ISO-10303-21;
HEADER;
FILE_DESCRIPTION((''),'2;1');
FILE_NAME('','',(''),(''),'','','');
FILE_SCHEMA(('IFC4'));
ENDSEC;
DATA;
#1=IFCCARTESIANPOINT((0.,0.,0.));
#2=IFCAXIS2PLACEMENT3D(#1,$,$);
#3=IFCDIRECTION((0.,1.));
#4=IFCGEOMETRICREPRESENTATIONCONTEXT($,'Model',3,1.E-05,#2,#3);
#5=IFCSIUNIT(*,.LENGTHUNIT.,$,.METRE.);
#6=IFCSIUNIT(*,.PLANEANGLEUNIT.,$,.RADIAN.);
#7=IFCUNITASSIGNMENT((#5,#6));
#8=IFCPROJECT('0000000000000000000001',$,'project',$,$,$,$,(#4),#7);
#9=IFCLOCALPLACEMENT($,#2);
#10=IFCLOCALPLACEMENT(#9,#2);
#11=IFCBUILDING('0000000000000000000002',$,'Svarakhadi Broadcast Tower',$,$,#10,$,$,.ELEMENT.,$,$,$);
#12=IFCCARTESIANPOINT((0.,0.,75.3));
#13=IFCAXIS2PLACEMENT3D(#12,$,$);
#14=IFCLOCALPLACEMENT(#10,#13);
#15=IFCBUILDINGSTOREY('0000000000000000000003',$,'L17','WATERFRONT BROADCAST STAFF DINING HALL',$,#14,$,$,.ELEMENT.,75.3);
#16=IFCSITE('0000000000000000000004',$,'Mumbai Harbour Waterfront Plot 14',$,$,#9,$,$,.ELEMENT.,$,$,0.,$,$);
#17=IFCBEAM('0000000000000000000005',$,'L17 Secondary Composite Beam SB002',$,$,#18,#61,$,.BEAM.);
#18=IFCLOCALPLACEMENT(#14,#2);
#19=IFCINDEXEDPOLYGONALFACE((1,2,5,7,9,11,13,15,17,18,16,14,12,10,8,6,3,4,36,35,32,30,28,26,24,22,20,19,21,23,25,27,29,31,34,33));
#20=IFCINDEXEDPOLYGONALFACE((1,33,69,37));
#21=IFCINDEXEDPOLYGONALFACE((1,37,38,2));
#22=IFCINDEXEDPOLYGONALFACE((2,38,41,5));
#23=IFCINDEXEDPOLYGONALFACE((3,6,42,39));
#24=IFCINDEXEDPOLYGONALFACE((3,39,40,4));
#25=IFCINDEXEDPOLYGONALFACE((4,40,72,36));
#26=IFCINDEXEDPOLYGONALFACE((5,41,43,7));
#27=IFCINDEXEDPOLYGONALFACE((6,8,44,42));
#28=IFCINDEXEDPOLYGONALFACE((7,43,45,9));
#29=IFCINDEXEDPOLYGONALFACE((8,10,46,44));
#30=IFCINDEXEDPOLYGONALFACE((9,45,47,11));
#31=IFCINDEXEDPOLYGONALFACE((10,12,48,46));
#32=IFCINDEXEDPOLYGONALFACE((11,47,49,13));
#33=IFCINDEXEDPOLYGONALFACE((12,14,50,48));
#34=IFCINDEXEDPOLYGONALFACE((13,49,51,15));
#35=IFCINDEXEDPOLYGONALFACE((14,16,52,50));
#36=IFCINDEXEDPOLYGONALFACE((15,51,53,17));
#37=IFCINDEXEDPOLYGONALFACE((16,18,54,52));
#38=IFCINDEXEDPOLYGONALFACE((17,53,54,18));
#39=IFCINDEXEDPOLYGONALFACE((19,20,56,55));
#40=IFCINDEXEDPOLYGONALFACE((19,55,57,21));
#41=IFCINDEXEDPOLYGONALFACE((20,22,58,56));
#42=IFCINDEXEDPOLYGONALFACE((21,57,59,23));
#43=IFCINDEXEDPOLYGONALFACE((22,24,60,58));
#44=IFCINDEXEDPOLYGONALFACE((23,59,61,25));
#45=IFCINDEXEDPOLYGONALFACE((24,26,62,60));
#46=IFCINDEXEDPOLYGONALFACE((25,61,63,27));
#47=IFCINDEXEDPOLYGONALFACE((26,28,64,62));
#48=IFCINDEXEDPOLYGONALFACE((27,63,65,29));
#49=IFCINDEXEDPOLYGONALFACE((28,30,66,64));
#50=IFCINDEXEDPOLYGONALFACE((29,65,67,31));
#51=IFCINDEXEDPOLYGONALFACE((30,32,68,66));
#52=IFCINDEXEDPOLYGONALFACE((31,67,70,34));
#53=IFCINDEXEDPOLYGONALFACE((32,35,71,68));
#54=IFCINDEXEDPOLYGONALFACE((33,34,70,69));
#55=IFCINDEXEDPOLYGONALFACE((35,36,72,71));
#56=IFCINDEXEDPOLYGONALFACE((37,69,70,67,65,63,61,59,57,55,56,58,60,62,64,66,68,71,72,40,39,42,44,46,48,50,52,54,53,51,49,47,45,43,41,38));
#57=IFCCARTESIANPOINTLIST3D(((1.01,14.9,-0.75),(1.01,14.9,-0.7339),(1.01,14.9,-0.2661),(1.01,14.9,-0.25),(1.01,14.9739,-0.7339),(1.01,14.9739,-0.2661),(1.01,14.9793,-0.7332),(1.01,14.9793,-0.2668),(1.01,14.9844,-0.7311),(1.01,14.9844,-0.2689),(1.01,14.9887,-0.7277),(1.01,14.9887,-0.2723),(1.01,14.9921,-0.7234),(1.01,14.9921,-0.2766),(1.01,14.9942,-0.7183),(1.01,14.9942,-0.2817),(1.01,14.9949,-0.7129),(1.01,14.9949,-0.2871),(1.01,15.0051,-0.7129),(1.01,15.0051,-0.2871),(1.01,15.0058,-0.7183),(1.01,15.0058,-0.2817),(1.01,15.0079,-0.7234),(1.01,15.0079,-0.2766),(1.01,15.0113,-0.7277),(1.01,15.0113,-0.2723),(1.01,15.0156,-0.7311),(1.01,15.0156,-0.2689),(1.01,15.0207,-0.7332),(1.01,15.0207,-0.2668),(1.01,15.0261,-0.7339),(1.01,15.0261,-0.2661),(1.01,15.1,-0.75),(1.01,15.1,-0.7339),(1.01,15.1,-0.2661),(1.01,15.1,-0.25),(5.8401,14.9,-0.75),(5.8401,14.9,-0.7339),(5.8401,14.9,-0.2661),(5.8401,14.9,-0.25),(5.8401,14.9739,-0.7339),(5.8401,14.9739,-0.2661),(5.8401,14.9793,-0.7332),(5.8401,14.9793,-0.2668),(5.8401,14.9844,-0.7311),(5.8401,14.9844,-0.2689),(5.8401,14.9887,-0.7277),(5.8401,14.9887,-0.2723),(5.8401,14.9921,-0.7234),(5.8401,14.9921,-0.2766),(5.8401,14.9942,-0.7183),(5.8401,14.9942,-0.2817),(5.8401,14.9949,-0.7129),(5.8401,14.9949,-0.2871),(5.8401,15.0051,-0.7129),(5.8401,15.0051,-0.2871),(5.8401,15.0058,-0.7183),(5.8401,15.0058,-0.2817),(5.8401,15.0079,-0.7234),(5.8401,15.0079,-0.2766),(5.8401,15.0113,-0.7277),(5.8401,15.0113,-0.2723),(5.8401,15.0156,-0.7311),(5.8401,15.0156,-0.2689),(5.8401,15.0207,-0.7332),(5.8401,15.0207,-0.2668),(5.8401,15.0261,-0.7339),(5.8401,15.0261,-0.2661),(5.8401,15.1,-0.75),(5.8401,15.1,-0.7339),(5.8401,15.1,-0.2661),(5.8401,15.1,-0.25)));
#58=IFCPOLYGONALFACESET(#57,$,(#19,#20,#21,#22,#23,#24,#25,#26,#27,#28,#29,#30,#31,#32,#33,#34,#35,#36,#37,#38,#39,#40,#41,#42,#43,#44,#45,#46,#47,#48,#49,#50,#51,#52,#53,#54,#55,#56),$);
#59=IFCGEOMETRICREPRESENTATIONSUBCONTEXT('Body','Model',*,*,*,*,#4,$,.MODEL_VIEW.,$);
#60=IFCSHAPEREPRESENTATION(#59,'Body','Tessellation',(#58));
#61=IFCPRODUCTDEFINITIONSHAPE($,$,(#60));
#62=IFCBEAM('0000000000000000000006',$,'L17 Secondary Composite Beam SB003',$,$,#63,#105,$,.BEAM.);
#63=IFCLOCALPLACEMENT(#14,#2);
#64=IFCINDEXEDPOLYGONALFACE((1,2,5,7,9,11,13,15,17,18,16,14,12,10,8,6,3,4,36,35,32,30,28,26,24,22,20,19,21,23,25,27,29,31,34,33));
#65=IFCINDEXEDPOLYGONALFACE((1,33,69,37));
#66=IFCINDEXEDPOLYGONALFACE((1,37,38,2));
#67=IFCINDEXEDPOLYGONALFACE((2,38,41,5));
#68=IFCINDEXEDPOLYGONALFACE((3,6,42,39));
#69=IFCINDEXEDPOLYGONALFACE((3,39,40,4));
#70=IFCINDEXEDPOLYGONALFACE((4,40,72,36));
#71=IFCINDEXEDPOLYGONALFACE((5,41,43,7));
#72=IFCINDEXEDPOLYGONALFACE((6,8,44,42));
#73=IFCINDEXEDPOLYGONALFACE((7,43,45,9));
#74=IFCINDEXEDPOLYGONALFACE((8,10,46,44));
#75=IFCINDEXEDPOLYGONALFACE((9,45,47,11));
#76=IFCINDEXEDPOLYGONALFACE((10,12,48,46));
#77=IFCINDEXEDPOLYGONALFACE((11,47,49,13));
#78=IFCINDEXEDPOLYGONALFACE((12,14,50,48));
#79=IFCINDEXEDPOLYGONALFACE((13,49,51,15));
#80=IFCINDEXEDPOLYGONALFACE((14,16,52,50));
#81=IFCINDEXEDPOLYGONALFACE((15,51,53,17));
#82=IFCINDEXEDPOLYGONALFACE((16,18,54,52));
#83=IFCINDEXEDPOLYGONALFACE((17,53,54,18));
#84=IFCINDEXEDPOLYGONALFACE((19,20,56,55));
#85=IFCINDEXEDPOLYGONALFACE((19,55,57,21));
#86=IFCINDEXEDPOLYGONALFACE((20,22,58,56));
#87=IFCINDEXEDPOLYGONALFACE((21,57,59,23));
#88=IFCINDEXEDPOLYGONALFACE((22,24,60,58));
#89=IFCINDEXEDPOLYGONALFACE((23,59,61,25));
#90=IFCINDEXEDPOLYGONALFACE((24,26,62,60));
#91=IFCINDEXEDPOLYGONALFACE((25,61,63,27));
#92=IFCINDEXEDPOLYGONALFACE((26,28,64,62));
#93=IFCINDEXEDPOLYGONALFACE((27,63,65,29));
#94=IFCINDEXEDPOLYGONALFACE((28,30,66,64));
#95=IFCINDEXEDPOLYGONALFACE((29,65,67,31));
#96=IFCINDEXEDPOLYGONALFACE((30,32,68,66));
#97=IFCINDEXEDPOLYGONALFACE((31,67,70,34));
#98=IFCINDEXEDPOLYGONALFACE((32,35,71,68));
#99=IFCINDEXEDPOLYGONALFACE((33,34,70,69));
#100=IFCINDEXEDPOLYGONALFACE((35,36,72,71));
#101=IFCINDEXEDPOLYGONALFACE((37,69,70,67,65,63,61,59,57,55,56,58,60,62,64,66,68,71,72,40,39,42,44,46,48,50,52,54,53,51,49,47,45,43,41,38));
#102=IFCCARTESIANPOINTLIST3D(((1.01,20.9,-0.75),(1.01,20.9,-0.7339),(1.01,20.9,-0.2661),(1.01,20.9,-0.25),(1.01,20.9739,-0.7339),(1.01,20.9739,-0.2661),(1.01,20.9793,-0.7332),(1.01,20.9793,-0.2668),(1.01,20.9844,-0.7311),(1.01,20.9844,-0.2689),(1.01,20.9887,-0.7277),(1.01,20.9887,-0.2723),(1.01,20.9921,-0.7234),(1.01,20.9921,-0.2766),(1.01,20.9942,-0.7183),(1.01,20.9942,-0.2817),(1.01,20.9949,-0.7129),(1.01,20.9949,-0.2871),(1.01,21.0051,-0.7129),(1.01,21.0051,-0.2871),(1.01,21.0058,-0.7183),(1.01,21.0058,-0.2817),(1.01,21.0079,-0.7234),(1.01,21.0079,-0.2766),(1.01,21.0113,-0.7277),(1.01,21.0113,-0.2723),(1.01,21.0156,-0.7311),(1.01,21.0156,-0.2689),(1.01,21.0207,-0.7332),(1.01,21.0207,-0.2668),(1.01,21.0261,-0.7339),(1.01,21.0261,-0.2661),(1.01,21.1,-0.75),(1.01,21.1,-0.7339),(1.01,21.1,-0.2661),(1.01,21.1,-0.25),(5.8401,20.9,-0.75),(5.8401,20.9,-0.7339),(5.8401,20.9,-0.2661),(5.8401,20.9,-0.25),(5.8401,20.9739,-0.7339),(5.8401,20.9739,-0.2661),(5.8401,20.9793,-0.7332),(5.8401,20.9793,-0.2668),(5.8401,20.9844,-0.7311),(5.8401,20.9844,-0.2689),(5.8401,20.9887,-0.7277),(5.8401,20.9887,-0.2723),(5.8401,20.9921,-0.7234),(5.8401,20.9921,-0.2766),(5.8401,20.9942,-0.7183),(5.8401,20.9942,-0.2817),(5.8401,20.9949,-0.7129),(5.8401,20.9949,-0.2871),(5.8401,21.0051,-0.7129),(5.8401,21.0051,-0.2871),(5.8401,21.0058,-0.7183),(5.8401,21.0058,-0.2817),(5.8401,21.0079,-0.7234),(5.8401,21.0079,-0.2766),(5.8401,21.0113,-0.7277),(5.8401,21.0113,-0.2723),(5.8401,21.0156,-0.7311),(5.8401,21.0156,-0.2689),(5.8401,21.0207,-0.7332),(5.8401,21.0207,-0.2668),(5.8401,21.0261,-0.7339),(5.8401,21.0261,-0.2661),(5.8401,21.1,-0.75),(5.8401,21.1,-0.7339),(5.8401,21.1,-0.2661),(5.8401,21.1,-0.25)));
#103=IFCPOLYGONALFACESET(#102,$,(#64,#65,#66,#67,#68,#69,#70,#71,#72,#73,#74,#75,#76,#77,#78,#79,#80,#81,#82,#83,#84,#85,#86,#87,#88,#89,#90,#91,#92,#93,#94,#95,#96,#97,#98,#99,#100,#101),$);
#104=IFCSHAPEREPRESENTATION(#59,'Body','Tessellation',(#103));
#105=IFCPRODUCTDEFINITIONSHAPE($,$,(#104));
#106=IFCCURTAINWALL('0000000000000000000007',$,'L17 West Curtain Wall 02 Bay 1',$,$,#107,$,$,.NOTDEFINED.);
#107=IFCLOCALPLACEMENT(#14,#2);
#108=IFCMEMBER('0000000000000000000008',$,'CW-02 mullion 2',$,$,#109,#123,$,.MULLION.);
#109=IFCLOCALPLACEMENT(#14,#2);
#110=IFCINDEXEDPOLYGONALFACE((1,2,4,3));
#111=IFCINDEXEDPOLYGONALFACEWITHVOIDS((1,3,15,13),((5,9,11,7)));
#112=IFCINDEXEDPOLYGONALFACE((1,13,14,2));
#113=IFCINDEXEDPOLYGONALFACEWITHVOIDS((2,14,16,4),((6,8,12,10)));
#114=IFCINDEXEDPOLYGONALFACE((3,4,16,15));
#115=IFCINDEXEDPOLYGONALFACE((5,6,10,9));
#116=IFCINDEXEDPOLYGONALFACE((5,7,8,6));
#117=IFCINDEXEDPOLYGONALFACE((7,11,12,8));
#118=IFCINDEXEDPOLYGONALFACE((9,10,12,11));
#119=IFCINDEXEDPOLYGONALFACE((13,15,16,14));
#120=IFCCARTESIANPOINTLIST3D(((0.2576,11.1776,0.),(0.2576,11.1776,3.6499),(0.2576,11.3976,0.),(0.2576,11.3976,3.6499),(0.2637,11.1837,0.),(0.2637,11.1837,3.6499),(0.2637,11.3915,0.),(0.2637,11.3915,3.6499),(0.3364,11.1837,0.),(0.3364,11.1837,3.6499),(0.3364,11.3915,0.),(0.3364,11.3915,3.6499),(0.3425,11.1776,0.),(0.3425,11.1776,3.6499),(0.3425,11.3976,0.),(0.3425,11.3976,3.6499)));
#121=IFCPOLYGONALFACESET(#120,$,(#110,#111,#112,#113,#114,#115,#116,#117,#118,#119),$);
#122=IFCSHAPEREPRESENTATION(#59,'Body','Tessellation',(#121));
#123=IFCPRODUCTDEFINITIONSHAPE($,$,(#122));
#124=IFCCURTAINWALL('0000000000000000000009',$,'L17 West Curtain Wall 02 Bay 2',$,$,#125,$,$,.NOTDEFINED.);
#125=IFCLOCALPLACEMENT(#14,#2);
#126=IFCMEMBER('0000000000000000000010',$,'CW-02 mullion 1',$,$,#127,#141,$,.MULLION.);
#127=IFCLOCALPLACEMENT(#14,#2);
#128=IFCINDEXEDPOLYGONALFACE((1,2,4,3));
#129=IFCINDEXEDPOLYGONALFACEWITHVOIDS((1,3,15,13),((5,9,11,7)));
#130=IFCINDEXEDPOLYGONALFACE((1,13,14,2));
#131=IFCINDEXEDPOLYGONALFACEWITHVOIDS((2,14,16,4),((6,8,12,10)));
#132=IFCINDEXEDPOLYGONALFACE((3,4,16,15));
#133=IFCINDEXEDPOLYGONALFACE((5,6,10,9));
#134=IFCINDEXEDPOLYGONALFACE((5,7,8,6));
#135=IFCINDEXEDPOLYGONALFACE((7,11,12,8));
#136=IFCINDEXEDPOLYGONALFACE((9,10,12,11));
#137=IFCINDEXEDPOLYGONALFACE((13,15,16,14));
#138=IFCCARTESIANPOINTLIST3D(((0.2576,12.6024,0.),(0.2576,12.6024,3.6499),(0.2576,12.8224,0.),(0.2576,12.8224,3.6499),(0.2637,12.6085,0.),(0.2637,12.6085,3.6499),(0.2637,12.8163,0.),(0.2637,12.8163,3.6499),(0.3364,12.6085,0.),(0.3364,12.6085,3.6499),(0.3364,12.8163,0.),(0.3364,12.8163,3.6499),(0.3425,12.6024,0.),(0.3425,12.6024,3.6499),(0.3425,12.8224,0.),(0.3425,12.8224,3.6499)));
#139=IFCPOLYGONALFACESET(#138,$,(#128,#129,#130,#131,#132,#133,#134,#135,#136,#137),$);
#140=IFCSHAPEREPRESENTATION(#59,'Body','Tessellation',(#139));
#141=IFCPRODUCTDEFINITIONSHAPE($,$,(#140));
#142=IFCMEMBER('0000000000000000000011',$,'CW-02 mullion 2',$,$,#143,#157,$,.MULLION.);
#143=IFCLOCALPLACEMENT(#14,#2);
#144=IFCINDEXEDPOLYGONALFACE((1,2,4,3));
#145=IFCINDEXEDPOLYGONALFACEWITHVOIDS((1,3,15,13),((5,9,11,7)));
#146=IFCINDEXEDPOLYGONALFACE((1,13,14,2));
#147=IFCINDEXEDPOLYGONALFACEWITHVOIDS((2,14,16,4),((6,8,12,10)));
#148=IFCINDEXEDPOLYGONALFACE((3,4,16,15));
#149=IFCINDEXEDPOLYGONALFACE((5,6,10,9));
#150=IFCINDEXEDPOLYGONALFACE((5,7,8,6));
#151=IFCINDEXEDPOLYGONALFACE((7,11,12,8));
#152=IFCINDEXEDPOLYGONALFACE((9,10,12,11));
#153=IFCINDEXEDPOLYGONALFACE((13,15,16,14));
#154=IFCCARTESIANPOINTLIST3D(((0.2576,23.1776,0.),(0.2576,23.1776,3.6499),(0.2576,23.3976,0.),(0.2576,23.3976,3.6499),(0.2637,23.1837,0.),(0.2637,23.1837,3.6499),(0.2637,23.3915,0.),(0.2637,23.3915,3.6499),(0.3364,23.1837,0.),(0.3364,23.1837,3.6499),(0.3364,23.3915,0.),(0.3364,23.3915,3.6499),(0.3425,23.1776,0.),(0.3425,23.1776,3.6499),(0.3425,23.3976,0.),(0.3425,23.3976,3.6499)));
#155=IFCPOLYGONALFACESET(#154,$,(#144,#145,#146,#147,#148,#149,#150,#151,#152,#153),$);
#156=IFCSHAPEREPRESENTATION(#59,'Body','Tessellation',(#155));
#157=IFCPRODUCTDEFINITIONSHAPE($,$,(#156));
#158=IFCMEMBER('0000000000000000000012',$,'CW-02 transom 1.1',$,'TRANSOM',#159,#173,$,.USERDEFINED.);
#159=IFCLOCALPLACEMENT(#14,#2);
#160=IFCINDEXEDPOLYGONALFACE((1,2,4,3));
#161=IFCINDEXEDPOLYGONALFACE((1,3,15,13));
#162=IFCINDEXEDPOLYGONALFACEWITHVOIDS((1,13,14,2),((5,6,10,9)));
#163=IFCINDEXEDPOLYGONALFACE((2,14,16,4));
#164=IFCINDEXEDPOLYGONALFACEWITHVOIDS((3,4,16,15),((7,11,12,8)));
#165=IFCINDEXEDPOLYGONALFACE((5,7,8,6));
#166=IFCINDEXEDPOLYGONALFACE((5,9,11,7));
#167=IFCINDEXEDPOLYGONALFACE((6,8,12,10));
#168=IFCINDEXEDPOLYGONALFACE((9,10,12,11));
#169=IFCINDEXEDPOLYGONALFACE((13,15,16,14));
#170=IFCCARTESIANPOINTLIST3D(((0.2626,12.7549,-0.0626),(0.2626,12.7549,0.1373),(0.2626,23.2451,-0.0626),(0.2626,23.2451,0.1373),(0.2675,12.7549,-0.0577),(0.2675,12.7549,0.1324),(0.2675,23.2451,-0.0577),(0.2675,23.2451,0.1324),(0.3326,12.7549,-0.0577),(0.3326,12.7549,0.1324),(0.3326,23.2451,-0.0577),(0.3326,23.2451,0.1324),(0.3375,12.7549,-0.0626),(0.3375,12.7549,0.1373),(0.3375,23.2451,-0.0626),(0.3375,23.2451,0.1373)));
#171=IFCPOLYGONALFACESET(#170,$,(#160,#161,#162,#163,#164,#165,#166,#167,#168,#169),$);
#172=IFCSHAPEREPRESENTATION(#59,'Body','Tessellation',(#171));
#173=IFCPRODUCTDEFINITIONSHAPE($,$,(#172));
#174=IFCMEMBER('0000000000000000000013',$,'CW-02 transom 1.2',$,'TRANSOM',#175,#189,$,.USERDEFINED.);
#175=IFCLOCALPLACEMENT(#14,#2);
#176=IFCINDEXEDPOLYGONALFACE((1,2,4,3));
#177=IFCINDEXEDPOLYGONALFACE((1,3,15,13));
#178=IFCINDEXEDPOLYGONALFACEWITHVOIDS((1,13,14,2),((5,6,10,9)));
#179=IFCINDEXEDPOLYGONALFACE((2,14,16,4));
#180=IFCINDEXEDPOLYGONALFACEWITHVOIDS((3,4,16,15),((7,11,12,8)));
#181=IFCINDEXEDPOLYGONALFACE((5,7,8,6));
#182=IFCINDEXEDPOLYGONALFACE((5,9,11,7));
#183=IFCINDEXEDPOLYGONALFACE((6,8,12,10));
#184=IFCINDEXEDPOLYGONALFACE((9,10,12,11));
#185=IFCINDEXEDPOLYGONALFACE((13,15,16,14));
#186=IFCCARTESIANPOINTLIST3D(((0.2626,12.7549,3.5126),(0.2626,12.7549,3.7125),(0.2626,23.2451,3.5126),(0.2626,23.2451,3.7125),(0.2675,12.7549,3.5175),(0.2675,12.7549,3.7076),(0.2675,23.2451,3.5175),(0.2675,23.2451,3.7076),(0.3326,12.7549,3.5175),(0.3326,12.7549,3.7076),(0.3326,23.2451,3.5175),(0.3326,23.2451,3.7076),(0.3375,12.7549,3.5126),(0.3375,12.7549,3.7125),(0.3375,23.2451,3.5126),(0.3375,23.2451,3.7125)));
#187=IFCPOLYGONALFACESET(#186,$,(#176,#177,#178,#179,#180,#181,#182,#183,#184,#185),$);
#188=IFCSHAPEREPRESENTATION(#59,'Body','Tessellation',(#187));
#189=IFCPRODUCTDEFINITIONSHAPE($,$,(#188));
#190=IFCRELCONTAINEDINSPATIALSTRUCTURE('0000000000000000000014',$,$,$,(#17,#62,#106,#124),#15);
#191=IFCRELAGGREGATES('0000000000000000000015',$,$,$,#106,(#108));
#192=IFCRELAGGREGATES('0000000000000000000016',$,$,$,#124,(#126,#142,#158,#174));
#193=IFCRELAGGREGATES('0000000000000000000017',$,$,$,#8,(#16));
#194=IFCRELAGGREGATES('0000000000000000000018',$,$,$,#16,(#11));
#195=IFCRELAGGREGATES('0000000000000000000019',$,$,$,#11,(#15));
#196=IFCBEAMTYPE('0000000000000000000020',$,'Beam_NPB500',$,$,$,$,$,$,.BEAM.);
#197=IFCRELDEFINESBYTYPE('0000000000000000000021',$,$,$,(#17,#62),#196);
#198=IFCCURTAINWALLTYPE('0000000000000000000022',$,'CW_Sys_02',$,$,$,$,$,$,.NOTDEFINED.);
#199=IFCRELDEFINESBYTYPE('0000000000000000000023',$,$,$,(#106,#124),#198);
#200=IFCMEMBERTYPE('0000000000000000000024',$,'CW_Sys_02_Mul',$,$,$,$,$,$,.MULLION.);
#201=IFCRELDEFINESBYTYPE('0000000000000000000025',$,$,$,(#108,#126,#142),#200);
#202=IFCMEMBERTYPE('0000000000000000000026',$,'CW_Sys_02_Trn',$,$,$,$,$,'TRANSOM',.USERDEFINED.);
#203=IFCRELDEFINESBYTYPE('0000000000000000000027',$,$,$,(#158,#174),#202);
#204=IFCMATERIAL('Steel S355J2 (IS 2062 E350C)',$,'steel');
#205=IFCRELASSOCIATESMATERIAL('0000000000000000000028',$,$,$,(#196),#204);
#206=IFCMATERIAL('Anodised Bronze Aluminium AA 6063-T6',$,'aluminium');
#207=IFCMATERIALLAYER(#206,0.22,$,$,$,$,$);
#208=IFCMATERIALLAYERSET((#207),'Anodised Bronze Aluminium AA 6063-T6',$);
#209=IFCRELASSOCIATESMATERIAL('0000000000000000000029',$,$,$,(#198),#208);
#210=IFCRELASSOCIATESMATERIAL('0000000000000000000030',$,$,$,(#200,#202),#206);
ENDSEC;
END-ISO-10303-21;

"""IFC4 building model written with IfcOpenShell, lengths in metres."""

from ifc_helpers import new_model, si_unit, direction, frame, origin, origin_2d, place, context, subcontext, project, spatial, hollow_rectangle, i_section, extrude, material, layer, layer_set, material_profile, profile_set, type_object, element, aggregate, save


model = new_model("IFC4")

# Units and contexts
model_context = context("Model", 3, precision=1e-05, world=origin(), true_north=direction((0.0, 1.0)))
body_context = subcontext(model_context, "Body", "Model", "MODEL_VIEW")
ifc_project = project(units=[si_unit("LENGTHUNIT", "METRE"), si_unit("PLANEANGLEUNIT", "RADIAN")], contexts=[model_context])

# Site, building, storey
site_placement = place(None, origin())
site = spatial("IfcSite", under=ifc_project, at=site_placement, Name="Mumbai Harbour Waterfront Plot 14", CompositionType="ELEMENT", RefElevation=0.0)
building_placement = place(site_placement, origin())
building = spatial("IfcBuilding", under=site, at=building_placement, Name="Svarakhadi Broadcast Tower", CompositionType="ELEMENT")
storey_placement = place(building_placement, frame((0.0, 0.0, 75.3)))
storey = spatial("IfcBuildingStorey", under=building, at=storey_placement, Name="L17", Description="WATERFRONT BROADCAST STAFF DINING HALL", CompositionType="ELEMENT", Elevation=75.3)

# Beams
ifc_material_1 = material(Name="Steel S355J2 (IS 2062 E350C)", Category="steel")
ifc_material_profile_1 = material_profile(ifc_material_1, i_section(OverallWidth=0.2, OverallDepth=0.5, WebThickness=0.0103, FlangeThickness=0.0161, FilletRadius=0.021, at=origin_2d()), Name="NPB 500x200x91")
ifc_profile_set_1 = profile_set([ifc_material_profile_1], Name="Steel S355J2 (IS 2062 E350C)")
beam_type_1 = type_object("IfcBeamType", Name="Beam_NPB500", PredefinedType="BEAM", material=ifc_profile_set_1)
for number, where, z_axis, x_axis, name in (
    (1, (1.01, 15.0, -0.5), (1.0, 0.0, 0.0), (0.0, 1.0, 0.0), "L17 Secondary Composite Beam SB002"),
    (2, (1.01, 21.0, -0.5), (1.0, 0.0, 0.0), (0.0, 1.0, 0.0), "L17 Secondary Composite Beam SB003"),
):
    element("IfcBeam", number, at=place(storey_placement, frame(where, z_axis=z_axis, x_axis=x_axis)), inside=storey, type_object=beam_type_1, Name=name, PredefinedType="BEAM", context=body_context, shape_type="SweptSolid", body=[
        extrude(i_section(OverallWidth=0.2, OverallDepth=0.5, WebThickness=0.0103, FlangeThickness=0.0161, FilletRadius=0.021, at=origin_2d()), origin(), (0.0, 0.0, 1.0), 4.8301),
    ])

# Curtain wall, member
ifc_material_2 = material(Name="Anodised Bronze Aluminium AA 6063-T6", Category="aluminium")
ifc_layer_1 = layer(ifc_material_2, 0.22)
ifc_layer_set_1 = layer_set([ifc_layer_1], Name="Anodised Bronze Aluminium AA 6063-T6")
curtain_wall_type = type_object("IfcCurtainWallType", Name="CW_Sys_02", PredefinedType="NOTDEFINED", material=ifc_layer_set_1)
curtain_wall_1_placement = place(storey_placement, origin())
curtain_wall_1 = element("IfcCurtainWall", 3, at=curtain_wall_1_placement, inside=storey, type_object=curtain_wall_type, Name="L17 West Curtain Wall 02 Bay 1", PredefinedType="NOTDEFINED")
ifc_material_profile_2 = material_profile(ifc_material_2, hollow_rectangle(XDim=0.085, YDim=0.22, WallThickness=0.0061, at=origin_2d()), Name="ALU MULLION 220x85x6")
ifc_profile_set_2 = profile_set([ifc_material_profile_2], Name="Anodised Bronze Aluminium AA 6063-T6")
member_type_1 = type_object("IfcMemberType", Name="CW_Sys_02_Mul", PredefinedType="MULLION", material=ifc_profile_set_2)
member_1_placement = place(storey_placement, frame((0.3, 11.2876, 0.0), z_axis=(0.0, 0.0, 1.0), x_axis=(-1.0, 0.0, 0.0)))
member_1 = element("IfcMember", 4, at=member_1_placement, type_object=member_type_1, Name="CW-02 mullion 2", PredefinedType="MULLION", context=body_context, shape_type="SweptSolid", body=[
    extrude(hollow_rectangle(XDim=0.085, YDim=0.22, WallThickness=0.0061, at=origin_2d()), origin(), (0.0, 0.0, 1.0), 3.6499),
])

# Curtain wall, members
curtain_wall_2_placement = place(storey_placement, origin())
curtain_wall_2 = element("IfcCurtainWall", 5, at=curtain_wall_2_placement, inside=storey, type_object=curtain_wall_type, Name="L17 West Curtain Wall 02 Bay 2", PredefinedType="NOTDEFINED")
member_2_placement = place(storey_placement, frame((0.3, 12.7124, 0.0), z_axis=(0.0, 0.0, 1.0), x_axis=(-1.0, 0.0, 0.0)))
member_2 = element("IfcMember", 6, at=member_2_placement, type_object=member_type_1, Name="CW-02 mullion 1", PredefinedType="MULLION", context=body_context, shape_type="SweptSolid", body=[
    extrude(hollow_rectangle(XDim=0.085, YDim=0.22, WallThickness=0.0061, at=origin_2d()), origin(), (0.0, 0.0, 1.0), 3.6499),
])
member_3_placement = place(storey_placement, frame((0.3, 23.2876, 0.0), z_axis=(0.0, 0.0, 1.0), x_axis=(-1.0, 0.0, 0.0)))
member_3 = element("IfcMember", 7, at=member_3_placement, type_object=member_type_1, Name="CW-02 mullion 2", PredefinedType="MULLION", context=body_context, shape_type="SweptSolid", body=[
    extrude(hollow_rectangle(XDim=0.085, YDim=0.22, WallThickness=0.0061, at=origin_2d()), origin(), (0.0, 0.0, 1.0), 3.6499),
])
ifc_material_profile_3 = material_profile(ifc_material_2, hollow_rectangle(XDim=0.075, YDim=0.2, WallThickness=0.0049, at=origin_2d()), Name="ALU TRANSOM 200x75x5")
ifc_profile_set_3 = profile_set([ifc_material_profile_3], Name="Anodised Bronze Aluminium AA 6063-T6")
member_type_2 = type_object("IfcMemberType", Name="CW_Sys_02_Trn", ElementType="TRANSOM", PredefinedType="USERDEFINED", material=ifc_profile_set_3)
member_4_placement = place(storey_placement, frame((0.3, 12.7549, 0.0374), z_axis=(0.0, 1.0, 0.0), x_axis=(-1.0, 0.0, 0.0)))
member_4 = element("IfcMember", 8, at=member_4_placement, type_object=member_type_2, Name="CW-02 transom 1.1", ObjectType="TRANSOM", PredefinedType="USERDEFINED", context=body_context, shape_type="SweptSolid", body=[
    extrude(hollow_rectangle(XDim=0.075, YDim=0.2, WallThickness=0.0049, at=origin_2d()), origin(), (0.0, 0.0, 1.0), 10.4902),
])
member_5_placement = place(storey_placement, frame((0.3, 12.7549, 3.6125), z_axis=(0.0, 1.0, 0.0), x_axis=(-1.0, 0.0, 0.0)))
member_5 = element("IfcMember", 9, at=member_5_placement, type_object=member_type_2, Name="CW-02 transom 1.2", ObjectType="TRANSOM", PredefinedType="USERDEFINED", context=body_context, shape_type="SweptSolid", body=[
    extrude(hollow_rectangle(XDim=0.075, YDim=0.2, WallThickness=0.0049, at=origin_2d()), origin(), (0.0, 0.0, 1.0), 10.4902),
])

aggregate(curtain_wall_1, [member_1])
aggregate(curtain_wall_2, [member_2, member_3, member_4, member_5])

save(model, "model.ifc")
